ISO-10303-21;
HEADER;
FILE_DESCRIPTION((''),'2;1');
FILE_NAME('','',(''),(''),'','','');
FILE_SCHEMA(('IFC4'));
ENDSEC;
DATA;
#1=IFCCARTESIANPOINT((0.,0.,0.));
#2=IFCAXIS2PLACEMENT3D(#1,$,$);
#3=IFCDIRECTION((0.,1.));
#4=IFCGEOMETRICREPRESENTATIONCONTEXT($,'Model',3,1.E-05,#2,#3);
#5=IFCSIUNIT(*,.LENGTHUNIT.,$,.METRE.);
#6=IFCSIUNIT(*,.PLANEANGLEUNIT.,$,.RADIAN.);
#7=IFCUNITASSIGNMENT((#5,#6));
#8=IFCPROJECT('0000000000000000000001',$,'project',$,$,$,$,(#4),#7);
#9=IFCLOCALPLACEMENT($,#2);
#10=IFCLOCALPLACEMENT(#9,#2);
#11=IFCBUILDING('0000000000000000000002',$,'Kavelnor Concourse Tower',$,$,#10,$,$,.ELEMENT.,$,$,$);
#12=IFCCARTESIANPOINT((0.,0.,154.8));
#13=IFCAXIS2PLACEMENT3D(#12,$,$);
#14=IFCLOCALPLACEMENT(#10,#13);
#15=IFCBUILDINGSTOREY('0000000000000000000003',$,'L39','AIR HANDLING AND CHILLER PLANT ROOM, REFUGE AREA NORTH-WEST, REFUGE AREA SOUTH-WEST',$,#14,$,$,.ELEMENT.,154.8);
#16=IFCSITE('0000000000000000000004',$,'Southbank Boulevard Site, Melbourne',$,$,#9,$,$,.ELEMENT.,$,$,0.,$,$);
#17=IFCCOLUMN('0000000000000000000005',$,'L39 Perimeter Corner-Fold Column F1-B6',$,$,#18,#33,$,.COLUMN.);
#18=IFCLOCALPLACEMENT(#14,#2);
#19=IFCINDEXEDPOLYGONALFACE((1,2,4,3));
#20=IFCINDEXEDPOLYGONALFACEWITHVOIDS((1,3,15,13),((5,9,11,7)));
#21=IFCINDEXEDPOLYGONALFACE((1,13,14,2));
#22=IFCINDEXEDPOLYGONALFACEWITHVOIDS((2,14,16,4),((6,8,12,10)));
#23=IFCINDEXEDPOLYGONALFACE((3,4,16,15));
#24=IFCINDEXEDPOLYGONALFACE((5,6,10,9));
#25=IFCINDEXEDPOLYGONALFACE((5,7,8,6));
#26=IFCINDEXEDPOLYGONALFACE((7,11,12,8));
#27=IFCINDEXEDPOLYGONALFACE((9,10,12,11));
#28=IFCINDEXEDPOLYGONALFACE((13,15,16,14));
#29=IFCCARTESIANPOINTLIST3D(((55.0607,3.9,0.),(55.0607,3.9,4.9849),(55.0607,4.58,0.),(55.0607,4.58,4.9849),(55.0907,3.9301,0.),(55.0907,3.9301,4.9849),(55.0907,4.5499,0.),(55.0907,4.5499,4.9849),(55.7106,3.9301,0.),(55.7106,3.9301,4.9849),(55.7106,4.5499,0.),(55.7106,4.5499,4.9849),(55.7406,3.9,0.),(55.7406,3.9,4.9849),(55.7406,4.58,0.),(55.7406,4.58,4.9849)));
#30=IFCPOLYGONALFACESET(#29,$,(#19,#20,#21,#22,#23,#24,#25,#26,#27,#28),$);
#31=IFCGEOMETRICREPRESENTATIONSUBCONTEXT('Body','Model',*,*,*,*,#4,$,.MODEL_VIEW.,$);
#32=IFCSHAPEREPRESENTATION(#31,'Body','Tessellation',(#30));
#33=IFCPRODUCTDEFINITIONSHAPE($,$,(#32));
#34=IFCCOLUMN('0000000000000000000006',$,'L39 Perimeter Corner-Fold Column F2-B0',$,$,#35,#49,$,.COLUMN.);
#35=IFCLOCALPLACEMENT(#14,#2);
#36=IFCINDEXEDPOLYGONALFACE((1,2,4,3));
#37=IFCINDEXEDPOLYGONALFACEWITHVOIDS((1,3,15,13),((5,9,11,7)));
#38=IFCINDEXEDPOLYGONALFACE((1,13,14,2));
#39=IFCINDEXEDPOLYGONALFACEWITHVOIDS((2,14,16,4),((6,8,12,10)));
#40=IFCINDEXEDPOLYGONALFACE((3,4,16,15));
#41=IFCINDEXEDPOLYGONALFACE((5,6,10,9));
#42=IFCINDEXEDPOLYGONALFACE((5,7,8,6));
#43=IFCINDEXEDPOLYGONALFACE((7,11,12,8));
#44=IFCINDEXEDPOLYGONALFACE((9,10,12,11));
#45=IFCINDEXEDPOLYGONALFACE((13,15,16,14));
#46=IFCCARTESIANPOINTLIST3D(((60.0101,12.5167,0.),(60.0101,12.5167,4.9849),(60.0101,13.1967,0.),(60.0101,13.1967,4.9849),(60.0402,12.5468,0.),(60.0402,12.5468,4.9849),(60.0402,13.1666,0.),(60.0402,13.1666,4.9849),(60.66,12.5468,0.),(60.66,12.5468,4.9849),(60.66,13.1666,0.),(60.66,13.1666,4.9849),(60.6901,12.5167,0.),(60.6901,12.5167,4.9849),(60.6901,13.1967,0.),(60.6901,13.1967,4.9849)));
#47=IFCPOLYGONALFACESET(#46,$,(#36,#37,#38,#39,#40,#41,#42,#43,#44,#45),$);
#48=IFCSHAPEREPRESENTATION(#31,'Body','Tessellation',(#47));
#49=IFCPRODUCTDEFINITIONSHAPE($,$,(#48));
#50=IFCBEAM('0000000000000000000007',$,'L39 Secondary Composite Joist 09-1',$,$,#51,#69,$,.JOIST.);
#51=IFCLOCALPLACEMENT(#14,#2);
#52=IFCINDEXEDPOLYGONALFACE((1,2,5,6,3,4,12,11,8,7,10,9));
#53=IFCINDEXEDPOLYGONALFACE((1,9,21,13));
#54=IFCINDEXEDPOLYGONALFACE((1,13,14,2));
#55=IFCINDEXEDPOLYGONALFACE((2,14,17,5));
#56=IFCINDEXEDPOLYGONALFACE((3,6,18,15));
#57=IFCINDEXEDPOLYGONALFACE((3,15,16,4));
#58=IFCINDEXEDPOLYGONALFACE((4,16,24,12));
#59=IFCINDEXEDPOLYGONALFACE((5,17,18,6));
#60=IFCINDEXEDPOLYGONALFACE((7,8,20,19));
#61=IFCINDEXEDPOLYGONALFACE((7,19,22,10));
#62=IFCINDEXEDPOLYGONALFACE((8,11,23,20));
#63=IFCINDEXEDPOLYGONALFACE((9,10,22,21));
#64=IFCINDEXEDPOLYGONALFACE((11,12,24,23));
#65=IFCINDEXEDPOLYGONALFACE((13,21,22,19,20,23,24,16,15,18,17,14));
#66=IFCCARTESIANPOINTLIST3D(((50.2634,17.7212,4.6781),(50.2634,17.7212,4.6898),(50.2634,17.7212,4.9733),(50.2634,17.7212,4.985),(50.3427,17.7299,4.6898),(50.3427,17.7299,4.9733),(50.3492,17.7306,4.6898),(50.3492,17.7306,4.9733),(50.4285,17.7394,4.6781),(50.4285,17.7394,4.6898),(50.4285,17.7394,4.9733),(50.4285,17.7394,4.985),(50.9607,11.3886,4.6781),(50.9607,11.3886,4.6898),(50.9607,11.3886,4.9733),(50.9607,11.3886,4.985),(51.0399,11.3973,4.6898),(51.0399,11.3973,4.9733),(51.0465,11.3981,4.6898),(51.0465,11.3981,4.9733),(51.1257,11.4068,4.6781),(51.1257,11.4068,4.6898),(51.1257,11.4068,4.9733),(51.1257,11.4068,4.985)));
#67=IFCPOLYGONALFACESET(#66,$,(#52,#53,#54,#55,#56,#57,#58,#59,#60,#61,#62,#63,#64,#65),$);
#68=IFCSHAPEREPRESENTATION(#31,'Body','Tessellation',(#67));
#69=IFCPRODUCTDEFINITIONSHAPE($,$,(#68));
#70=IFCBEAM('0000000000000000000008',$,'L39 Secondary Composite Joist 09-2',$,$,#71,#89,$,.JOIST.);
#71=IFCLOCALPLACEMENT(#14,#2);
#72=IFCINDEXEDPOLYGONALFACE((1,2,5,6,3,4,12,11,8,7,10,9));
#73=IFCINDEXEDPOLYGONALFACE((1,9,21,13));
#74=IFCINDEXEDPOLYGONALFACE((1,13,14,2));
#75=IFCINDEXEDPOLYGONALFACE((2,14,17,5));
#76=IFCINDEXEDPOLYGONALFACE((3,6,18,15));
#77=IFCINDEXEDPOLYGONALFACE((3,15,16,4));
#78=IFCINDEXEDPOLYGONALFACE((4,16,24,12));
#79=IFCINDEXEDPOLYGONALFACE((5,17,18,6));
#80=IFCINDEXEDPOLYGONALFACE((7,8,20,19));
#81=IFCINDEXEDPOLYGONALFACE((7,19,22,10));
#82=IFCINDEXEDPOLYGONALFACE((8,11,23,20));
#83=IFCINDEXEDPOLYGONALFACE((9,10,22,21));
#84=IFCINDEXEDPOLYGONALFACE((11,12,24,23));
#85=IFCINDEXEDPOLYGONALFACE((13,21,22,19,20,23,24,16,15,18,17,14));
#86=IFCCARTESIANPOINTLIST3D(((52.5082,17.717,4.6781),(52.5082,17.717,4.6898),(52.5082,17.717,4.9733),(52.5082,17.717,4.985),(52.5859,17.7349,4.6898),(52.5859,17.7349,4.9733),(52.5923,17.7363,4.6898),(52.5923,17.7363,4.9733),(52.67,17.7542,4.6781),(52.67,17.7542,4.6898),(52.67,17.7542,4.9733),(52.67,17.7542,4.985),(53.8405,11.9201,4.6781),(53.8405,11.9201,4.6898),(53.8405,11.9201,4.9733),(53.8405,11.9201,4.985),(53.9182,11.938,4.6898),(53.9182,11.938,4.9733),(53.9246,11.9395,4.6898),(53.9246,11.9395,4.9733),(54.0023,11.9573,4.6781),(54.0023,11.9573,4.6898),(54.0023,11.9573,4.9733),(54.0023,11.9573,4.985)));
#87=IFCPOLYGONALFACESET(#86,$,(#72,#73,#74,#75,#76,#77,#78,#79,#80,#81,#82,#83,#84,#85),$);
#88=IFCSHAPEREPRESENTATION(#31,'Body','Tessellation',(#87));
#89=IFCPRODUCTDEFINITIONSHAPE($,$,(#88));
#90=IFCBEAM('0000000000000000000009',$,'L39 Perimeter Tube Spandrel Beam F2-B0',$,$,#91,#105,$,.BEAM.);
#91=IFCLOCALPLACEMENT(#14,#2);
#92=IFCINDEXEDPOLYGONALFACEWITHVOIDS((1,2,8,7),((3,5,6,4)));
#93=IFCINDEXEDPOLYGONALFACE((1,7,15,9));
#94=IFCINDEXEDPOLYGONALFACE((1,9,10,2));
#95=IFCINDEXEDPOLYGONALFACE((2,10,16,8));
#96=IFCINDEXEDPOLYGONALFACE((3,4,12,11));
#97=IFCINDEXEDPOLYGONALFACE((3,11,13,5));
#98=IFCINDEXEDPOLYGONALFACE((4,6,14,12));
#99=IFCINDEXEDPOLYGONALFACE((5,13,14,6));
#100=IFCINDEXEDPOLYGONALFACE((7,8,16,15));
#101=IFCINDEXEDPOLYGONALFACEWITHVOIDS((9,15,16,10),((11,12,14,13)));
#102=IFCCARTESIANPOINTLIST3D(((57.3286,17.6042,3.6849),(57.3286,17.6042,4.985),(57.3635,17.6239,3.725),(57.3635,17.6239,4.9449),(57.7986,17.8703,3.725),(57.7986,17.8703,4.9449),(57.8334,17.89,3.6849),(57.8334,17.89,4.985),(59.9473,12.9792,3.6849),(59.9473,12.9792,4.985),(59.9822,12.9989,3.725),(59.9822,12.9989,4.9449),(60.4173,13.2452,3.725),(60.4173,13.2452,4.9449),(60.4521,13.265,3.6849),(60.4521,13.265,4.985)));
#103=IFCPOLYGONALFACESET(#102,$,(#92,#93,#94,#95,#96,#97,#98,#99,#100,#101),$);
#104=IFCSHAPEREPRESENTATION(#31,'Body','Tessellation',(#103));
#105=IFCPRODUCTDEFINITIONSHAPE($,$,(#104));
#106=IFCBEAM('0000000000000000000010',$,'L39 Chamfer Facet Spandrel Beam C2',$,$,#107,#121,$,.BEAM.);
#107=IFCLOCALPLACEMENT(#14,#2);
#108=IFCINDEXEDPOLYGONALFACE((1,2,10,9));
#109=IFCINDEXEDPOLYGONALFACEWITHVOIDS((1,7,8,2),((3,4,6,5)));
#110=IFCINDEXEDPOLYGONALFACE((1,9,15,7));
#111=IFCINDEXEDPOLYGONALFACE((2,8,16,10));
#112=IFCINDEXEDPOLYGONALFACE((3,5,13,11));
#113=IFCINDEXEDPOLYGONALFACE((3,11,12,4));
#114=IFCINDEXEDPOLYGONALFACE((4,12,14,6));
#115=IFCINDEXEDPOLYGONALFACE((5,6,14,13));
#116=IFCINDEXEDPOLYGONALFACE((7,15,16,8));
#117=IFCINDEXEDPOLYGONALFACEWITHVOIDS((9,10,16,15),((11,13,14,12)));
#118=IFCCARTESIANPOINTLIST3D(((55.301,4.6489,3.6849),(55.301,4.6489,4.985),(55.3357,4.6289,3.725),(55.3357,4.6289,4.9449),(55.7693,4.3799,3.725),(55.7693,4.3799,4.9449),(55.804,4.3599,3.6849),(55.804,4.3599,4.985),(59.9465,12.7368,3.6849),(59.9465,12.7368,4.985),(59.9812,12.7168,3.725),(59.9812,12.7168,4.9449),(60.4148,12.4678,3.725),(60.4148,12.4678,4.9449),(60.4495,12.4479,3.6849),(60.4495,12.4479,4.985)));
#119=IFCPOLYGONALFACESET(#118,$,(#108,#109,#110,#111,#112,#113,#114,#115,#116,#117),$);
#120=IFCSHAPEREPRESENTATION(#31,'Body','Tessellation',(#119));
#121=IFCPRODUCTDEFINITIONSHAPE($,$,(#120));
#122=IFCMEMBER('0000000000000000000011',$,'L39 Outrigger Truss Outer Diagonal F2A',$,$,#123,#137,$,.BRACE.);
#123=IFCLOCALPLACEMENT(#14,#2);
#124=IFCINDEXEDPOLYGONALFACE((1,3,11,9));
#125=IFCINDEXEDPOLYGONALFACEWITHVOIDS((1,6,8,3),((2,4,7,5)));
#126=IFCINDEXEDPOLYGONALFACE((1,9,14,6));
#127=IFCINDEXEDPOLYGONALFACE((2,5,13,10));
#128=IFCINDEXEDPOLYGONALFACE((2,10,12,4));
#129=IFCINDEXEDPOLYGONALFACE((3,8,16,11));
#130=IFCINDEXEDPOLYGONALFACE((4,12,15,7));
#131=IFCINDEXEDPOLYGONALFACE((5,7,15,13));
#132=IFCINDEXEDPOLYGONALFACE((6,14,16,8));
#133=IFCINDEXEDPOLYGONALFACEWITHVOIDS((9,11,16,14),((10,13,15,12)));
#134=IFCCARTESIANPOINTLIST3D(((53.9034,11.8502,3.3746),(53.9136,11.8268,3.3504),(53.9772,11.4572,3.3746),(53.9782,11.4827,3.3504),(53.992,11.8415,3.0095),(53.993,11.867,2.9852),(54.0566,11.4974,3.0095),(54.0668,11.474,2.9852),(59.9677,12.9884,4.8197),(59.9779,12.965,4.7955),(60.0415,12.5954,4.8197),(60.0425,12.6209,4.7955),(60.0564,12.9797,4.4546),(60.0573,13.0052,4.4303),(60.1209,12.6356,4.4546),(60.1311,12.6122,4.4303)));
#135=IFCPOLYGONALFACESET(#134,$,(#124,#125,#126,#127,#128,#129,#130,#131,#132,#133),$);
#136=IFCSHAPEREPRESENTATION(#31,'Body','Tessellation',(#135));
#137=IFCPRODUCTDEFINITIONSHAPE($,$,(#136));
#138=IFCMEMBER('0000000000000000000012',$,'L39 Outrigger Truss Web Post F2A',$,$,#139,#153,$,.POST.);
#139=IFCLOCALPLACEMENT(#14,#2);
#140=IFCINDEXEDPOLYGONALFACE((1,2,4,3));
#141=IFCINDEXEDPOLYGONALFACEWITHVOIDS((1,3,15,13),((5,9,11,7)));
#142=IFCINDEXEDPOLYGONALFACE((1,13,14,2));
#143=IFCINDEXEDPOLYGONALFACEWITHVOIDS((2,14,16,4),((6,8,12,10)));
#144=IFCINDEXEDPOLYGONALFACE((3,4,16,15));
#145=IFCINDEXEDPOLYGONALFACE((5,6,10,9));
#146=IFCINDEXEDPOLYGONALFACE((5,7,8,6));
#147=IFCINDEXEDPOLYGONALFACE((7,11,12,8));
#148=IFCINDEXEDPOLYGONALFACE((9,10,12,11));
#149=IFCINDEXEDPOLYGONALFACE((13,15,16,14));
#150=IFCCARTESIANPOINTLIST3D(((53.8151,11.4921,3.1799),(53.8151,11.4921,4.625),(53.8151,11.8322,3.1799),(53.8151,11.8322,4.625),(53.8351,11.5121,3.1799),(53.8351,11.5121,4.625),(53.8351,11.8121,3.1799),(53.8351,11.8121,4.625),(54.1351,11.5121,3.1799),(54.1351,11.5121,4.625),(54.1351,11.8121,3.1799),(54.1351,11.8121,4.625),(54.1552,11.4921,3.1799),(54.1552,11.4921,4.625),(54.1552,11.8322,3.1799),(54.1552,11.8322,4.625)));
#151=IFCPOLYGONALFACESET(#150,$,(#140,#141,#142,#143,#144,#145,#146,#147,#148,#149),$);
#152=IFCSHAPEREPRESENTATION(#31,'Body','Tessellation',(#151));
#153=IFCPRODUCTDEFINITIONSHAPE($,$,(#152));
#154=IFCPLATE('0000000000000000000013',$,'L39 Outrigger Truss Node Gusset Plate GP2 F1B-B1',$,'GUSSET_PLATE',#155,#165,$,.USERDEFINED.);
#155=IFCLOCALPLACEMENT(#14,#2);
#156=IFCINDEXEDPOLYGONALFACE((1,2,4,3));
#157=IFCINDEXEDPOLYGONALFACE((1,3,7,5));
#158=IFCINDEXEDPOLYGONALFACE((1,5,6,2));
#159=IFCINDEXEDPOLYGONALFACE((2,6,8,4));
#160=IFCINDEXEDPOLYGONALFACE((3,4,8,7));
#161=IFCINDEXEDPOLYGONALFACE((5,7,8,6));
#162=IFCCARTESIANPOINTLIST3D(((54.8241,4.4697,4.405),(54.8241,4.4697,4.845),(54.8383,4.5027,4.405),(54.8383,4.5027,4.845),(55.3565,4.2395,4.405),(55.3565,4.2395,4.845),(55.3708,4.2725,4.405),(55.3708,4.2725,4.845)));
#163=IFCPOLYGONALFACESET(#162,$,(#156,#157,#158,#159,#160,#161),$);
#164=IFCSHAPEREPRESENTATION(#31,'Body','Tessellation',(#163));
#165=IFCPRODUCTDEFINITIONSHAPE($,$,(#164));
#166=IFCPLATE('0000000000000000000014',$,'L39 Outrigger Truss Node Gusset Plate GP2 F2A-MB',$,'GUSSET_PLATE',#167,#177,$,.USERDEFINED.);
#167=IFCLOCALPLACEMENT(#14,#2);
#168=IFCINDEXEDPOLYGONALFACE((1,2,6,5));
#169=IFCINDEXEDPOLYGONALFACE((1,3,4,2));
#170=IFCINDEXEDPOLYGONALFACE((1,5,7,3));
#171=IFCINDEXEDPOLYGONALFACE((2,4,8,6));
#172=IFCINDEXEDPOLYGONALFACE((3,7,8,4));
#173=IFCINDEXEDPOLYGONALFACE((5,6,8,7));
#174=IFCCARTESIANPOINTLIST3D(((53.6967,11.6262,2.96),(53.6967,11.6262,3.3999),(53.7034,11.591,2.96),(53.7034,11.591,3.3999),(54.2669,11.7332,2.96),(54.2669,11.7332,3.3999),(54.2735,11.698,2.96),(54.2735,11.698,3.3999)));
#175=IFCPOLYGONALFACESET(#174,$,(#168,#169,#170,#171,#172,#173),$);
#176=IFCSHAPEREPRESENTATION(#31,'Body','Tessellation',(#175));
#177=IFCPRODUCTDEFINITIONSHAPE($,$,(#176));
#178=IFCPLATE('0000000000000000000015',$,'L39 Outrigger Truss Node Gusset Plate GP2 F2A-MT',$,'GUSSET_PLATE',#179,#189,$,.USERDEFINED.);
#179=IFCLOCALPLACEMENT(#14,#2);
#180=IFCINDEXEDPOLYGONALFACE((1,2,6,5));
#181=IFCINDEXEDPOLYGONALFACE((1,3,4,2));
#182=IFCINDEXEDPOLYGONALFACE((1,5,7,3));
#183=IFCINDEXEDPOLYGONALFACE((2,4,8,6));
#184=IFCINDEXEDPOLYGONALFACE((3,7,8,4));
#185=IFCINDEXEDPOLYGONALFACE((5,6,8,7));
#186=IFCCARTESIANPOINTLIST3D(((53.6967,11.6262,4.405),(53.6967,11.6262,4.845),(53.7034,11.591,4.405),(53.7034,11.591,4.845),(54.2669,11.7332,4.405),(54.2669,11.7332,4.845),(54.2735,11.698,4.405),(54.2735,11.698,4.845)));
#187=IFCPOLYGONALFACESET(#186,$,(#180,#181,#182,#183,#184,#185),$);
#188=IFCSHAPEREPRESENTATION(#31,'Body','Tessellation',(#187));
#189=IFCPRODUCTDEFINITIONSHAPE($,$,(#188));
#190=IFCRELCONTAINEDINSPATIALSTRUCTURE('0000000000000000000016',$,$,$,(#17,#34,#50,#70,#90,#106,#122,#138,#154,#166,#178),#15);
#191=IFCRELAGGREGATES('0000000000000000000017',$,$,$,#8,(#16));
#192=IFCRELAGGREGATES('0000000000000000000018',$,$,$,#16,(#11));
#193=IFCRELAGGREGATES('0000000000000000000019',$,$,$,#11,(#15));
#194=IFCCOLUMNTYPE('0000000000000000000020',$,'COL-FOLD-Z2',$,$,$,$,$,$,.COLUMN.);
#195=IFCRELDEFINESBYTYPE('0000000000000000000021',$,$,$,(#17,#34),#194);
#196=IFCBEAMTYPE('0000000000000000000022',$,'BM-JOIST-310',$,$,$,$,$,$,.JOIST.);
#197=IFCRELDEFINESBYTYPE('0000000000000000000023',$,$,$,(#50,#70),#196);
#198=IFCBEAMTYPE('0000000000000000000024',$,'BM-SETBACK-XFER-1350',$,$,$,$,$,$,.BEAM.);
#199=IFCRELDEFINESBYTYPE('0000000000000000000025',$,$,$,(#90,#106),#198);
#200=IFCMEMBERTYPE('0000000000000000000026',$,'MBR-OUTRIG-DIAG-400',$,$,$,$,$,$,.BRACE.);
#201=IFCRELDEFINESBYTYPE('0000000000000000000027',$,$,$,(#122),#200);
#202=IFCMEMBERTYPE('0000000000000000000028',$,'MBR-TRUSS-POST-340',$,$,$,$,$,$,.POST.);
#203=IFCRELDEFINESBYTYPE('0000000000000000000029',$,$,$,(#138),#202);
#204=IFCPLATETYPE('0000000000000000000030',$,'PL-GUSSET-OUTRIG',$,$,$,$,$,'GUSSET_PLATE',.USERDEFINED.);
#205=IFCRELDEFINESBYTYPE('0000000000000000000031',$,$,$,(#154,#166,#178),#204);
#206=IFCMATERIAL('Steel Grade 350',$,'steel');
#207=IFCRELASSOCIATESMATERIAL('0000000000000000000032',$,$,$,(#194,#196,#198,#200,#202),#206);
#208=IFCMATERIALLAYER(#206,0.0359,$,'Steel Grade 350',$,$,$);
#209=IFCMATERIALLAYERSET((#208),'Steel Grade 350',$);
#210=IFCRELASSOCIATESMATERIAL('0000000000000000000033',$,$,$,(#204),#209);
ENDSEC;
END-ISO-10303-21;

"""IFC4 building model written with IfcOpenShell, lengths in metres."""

from ifc_helpers import new_model, si_unit, direction, frame, origin, origin_2d, place, context, subcontext, project, spatial, rectangle, hollow_rectangle, i_section, extrude, material, layer, layer_set, material_profile, profile_set, type_object, element, save


model = new_model("IFC4")

# Units and contexts
model_context = context("Model", 3, precision=1e-05, world=origin(), true_north=direction((0.0, 1.0)))
body_context = subcontext(model_context, "Body", "Model", "MODEL_VIEW")
ifc_project = project(units=[si_unit("LENGTHUNIT", "METRE"), si_unit("PLANEANGLEUNIT", "RADIAN")], contexts=[model_context])

# Site, building, storey
site_placement = place(None, origin())
site = spatial("IfcSite", under=ifc_project, at=site_placement, Name="Southbank Boulevard Site, Melbourne", CompositionType="ELEMENT", RefElevation=0.0)
building_placement = place(site_placement, origin())
building = spatial("IfcBuilding", under=site, at=building_placement, Name="Kavelnor Concourse Tower", CompositionType="ELEMENT")
storey_placement = place(building_placement, frame((0.0, 0.0, 154.8)))
storey = spatial("IfcBuildingStorey", under=building, at=storey_placement, Name="L39", Description="AIR HANDLING AND CHILLER PLANT ROOM, REFUGE AREA NORTH-WEST, REFUGE AREA SOUTH-WEST", CompositionType="ELEMENT", Elevation=154.8)

# Columns
ifc_material_1 = material(Name="Steel Grade 350", Category="steel")
ifc_material_profile_1 = material_profile(ifc_material_1, hollow_rectangle(XDim=0.6799, YDim=0.6799, WallThickness=0.03, at=origin_2d()), Name="SHS 680x680x30")
ifc_profile_set_1 = profile_set([ifc_material_profile_1], Name="Steel Grade 350")
column_type = type_object("IfcColumnType", Name="COL-FOLD-Z2", PredefinedType="COLUMN", material=ifc_profile_set_1)
for number, where, z_axis, x_axis, name in (
    (1, (55.4006, 4.24, 0.0), (0.0, 0.0, 1.0), (1.0, 0.0, 0.0), "L39 Perimeter Corner-Fold Column F1-B6"),
    (2, (60.3501, 12.8567, 0.0), (0.0, 0.0, 1.0), (1.0, 0.0, 0.0), "L39 Perimeter Corner-Fold Column F2-B0"),
):
    element("IfcColumn", number, at=place(storey_placement, frame(where, z_axis=z_axis, x_axis=x_axis)), inside=storey, type_object=column_type, Name=name, PredefinedType="COLUMN", context=body_context, shape_type="SweptSolid", body=[
        extrude(hollow_rectangle(XDim=0.6799, YDim=0.6799, WallThickness=0.03, at=origin_2d()), origin(), (0.0, 0.0, 1.0), 4.9849),
    ])

# Beams
ifc_material_profile_2 = material_profile(ifc_material_1, i_section(OverallWidth=0.166, OverallDepth=0.3069, WebThickness=0.0066, FlangeThickness=0.0117, at=origin_2d()), Name="310UB46")
ifc_profile_set_2 = profile_set([ifc_material_profile_2], Name="Steel Grade 350")
beam_type_1 = type_object("IfcBeamType", Name="BM-JOIST-310", PredefinedType="JOIST", material=ifc_profile_set_2)
beam_1_placement = place(storey_placement, frame((51.0432, 11.3977, 4.8315), z_axis=(-0.109447, 0.993993, 0.0), x_axis=(-0.993993, -0.109447, 0.0)))
element("IfcBeam", 3, at=beam_1_placement, inside=storey, type_object=beam_type_1, Name="L39 Secondary Composite Joist 09-1", PredefinedType="JOIST", context=body_context, shape_type="SweptSolid", body=[
    extrude(i_section(OverallWidth=0.166, OverallDepth=0.3069, WebThickness=0.0066, FlangeThickness=0.0117, at=origin_2d()), origin(), (0.0, 0.0, 1.0), 6.3708),
])
beam_2_placement = place(storey_placement, frame((53.9214, 11.9387, 4.8315), z_axis=(-0.223987, 0.974592, 0.0), x_axis=(-0.974592, -0.223987, 0.0)))
element("IfcBeam", 4, at=beam_2_placement, inside=storey, type_object=beam_type_1, Name="L39 Secondary Composite Joist 09-2", PredefinedType="JOIST", context=body_context, shape_type="SweptSolid", body=[
    extrude(i_section(OverallWidth=0.166, OverallDepth=0.3069, WebThickness=0.0066, FlangeThickness=0.0117, at=origin_2d()), origin(), (0.0, 0.0, 1.0), 5.948),
])
ifc_material_profile_3 = material_profile(ifc_material_1, hollow_rectangle(XDim=0.5801, YDim=1.3, WallThickness=0.04, at=origin_2d()), Name="RHS 1300x580x40")
ifc_profile_set_3 = profile_set([ifc_material_profile_3], Name="Steel Grade 350")
beam_type_2 = type_object("IfcBeamType", Name="BM-SETBACK-XFER-1350", PredefinedType="BEAM", material=ifc_profile_set_3)
beam_3_placement = place(storey_placement, frame((60.1997, 13.1221, 4.335), z_axis=(-0.492702, 0.870198, 0.0), x_axis=(-0.870198, -0.492702, 0.0)))
element("IfcBeam", 5, at=beam_3_placement, inside=storey, type_object=beam_type_2, Name="L39 Perimeter Tube Spandrel Beam F2-B0", PredefinedType="BEAM", context=body_context, shape_type="SweptSolid", body=[
    extrude(hollow_rectangle(XDim=0.5801, YDim=1.3, WallThickness=0.04, at=origin_2d()), origin(), (0.0, 0.0, 1.0), 5.3149),
])
beam_4_placement = place(storey_placement, frame((55.5525, 4.5044, 4.335), z_axis=(0.498066, 0.867139, 0.0), x_axis=(-0.867139, 0.498066, 0.0)))
element("IfcBeam", 6, at=beam_4_placement, inside=storey, type_object=beam_type_2, Name="L39 Chamfer Facet Spandrel Beam C2", PredefinedType="BEAM", context=body_context, shape_type="SweptSolid", body=[
    extrude(hollow_rectangle(XDim=0.5801, YDim=1.3, WallThickness=0.04, at=origin_2d()), origin(), (0.0, 0.0, 1.0), 9.3271),
])

# Members
ifc_material_profile_4 = material_profile(ifc_material_1, hollow_rectangle(XDim=0.3999, YDim=0.3999, WallThickness=0.0249, at=origin_2d()), Name="SHS 400x400x25")
ifc_profile_set_4 = profile_set([ifc_material_profile_4], Name="Steel Grade 350")
member_type_1 = type_object("IfcMemberType", Name="MBR-OUTRIG-DIAG-400", PredefinedType="BRACE", material=ifc_profile_set_4)
member_1_placement = place(storey_placement, frame((53.9851, 11.6621, 3.1799), z_axis=(0.956944, 0.179608, 0.228035), x_axis=(-0.184468, 0.982839, 0.0)))
element("IfcMember", 7, at=member_1_placement, inside=storey, type_object=member_type_1, Name="L39 Outrigger Truss Outer Diagonal F2A", PredefinedType="BRACE", context=body_context, shape_type="SweptSolid", body=[
    extrude(hollow_rectangle(XDim=0.3999, YDim=0.3999, WallThickness=0.0249, at=origin_2d()), origin(), (0.0, 0.0, 1.0), 6.3372),
])
ifc_material_profile_5 = material_profile(ifc_material_1, hollow_rectangle(XDim=0.3401, YDim=0.3401, WallThickness=0.02, at=origin_2d()), Name="SHS 340x340x20")
ifc_profile_set_5 = profile_set([ifc_material_profile_5], Name="Steel Grade 350")
member_type_2 = type_object("IfcMemberType", Name="MBR-TRUSS-POST-340", PredefinedType="POST", material=ifc_profile_set_5)
member_2_placement = place(storey_placement, frame((53.9851, 11.6621, 3.1799), z_axis=(0.0, 0.0, 1.0), x_axis=(1.0, 0.0, 0.0)))
element("IfcMember", 8, at=member_2_placement, inside=storey, type_object=member_type_2, Name="L39 Outrigger Truss Web Post F2A", PredefinedType="POST", context=body_context, shape_type="SweptSolid", body=[
    extrude(hollow_rectangle(XDim=0.3401, YDim=0.3401, WallThickness=0.02, at=origin_2d()), origin(), (0.0, 0.0, 1.0), 1.4451),
])

# Plates
ifc_layer_1 = layer(ifc_material_1, 0.0359, Name="Steel Grade 350")
ifc_layer_set_1 = layer_set([ifc_layer_1], Name="Steel Grade 350")
plate_type = type_object("IfcPlateType", Name="PL-GUSSET-OUTRIG", ElementType="GUSSET_PLATE", PredefinedType="USERDEFINED", material=ifc_layer_set_1)
for number, where, z_axis, x_axis, name in (
    (9, (55.0974, 4.3711, 4.405), (0.0, 0.0, 1.0), (0.917893, -0.396828, 0.0), "L39 Outrigger Truss Node Gusset Plate GP2 F1B-B1"),
    (10, (53.9851, 11.6621, 2.96), (0.0, 0.0, 1.0), (0.982839, 0.184466, 0.0), "L39 Outrigger Truss Node Gusset Plate GP2 F2A-MB"),
    (11, (53.9851, 11.6621, 4.405), (0.0, 0.0, 1.0), (0.982839, 0.184466, 0.0), "L39 Outrigger Truss Node Gusset Plate GP2 F2A-MT"),
):
    element("IfcPlate", number, at=place(storey_placement, frame(where, z_axis=z_axis, x_axis=x_axis)), inside=storey, type_object=plate_type, Name=name, ObjectType="GUSSET_PLATE", PredefinedType="USERDEFINED", context=body_context, shape_type="SweptSolid", body=[
        extrude(rectangle(XDim=0.5801, YDim=0.0359, at=origin_2d()), origin(), (0.0, 0.0, 1.0), 0.4399),
    ])

save(model, "model.ifc")
